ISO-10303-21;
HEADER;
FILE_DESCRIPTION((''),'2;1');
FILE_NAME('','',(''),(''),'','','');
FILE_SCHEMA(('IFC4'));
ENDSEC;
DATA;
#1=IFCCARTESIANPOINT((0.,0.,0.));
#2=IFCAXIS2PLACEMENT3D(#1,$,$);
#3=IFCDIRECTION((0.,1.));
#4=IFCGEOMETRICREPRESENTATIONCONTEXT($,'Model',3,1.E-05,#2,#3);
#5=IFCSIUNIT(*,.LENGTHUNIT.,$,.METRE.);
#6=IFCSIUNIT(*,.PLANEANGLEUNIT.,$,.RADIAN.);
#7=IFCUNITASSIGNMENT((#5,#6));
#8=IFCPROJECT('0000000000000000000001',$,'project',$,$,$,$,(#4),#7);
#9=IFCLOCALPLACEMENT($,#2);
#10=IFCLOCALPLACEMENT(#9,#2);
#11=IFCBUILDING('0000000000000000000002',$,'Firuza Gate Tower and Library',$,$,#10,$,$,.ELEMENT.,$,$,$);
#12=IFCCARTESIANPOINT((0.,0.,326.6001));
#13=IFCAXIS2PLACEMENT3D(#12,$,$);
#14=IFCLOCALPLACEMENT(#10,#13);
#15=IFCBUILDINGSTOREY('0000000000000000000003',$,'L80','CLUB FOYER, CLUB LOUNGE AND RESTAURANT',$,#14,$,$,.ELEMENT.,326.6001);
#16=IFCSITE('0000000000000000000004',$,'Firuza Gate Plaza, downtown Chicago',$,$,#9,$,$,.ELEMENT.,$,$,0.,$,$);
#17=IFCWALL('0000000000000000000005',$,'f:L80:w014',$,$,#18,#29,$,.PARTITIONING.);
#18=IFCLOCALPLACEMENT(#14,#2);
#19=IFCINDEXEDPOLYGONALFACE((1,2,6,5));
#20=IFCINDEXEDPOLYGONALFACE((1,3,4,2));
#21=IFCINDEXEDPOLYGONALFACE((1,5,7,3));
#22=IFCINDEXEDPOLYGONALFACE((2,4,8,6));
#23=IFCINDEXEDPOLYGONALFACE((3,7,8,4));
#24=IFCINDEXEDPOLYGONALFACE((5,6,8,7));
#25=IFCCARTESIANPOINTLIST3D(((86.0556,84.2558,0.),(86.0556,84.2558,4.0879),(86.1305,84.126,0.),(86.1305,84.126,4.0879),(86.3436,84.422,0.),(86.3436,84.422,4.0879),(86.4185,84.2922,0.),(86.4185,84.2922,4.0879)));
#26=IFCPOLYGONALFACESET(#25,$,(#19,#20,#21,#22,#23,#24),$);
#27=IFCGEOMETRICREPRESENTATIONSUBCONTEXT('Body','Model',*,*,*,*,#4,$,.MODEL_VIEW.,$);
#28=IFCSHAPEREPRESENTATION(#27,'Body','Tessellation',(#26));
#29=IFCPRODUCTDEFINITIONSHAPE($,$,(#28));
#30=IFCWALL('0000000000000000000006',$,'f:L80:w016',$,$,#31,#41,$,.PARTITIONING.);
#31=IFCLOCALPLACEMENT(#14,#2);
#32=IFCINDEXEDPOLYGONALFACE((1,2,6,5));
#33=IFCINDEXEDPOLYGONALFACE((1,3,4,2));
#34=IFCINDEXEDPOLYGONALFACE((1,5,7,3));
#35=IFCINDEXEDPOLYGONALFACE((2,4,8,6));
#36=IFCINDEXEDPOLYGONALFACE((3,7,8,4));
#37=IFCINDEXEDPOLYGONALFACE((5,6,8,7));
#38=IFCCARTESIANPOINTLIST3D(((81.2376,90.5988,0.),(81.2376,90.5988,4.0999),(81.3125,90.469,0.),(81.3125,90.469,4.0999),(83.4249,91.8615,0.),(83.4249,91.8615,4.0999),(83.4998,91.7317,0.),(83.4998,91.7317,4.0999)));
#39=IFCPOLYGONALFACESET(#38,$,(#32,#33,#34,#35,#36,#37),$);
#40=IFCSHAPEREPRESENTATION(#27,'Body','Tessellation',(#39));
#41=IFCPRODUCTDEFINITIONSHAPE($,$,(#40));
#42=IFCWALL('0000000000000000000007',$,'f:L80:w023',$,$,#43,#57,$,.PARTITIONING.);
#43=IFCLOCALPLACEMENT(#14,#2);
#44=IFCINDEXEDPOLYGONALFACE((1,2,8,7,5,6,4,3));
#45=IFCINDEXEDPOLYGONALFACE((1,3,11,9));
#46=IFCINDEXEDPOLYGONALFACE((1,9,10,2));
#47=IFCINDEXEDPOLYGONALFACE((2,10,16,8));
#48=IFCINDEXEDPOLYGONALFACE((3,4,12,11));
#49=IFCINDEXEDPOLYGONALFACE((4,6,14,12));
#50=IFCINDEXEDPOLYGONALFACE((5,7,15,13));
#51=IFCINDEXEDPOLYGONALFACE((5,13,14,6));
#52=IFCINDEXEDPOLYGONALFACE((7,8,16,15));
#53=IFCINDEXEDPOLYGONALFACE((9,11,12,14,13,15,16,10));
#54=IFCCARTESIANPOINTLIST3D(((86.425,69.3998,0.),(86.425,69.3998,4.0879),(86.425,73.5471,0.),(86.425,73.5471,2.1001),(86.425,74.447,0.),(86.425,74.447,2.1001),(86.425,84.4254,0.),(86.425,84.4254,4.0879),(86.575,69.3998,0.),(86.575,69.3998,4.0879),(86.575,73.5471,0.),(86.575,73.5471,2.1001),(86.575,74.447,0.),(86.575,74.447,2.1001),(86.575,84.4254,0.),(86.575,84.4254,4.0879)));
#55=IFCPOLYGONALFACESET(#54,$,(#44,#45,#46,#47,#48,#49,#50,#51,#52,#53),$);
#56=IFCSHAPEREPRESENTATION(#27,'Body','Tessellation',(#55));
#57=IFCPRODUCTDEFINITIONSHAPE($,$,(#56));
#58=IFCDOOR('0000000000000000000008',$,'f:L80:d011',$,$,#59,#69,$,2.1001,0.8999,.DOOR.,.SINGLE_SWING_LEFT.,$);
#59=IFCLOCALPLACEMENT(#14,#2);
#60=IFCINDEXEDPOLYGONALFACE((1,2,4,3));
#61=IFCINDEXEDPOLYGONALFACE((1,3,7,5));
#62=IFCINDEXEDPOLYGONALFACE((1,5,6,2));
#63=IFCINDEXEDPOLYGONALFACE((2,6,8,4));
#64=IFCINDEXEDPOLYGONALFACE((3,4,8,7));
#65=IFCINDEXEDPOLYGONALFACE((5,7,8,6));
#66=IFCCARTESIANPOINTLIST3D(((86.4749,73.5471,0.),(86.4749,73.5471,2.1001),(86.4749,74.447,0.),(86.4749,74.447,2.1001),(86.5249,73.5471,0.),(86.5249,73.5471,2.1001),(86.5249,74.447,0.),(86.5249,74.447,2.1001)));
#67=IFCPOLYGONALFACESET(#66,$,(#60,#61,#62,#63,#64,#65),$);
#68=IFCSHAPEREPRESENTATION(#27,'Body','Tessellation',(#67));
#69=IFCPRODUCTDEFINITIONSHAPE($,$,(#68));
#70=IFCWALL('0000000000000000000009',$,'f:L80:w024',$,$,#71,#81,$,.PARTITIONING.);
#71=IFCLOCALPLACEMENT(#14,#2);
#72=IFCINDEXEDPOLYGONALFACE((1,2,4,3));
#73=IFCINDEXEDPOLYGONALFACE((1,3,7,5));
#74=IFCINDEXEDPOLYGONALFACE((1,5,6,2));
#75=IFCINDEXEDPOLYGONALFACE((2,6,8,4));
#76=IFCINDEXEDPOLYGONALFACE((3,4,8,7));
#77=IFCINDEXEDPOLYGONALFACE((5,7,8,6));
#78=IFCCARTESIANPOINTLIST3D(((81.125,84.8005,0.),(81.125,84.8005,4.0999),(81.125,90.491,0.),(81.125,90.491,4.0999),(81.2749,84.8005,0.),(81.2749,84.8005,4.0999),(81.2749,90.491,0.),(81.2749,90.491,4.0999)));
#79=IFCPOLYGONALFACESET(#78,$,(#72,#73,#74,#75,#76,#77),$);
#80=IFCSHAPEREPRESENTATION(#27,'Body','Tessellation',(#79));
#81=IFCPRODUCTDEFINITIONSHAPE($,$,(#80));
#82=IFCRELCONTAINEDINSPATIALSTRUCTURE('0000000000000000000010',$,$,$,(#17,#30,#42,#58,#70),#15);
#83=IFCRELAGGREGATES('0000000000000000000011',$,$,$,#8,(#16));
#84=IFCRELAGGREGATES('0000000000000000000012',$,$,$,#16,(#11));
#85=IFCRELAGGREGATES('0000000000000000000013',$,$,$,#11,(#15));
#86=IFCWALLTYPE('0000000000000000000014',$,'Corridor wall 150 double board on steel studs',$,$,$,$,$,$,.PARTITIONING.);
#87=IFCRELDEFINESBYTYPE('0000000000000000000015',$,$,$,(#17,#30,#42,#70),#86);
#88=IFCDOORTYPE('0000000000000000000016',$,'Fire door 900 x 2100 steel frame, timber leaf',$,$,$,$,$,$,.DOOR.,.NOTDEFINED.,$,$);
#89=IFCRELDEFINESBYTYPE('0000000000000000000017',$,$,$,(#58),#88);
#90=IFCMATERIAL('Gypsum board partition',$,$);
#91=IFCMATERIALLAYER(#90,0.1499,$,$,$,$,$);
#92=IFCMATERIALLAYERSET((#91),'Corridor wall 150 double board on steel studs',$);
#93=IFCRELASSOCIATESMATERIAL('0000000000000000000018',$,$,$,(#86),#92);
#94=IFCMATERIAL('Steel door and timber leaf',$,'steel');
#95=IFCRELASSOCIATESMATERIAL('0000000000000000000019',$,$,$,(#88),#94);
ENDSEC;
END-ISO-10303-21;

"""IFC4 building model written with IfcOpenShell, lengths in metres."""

from ifc_helpers import new_model, si_unit, direction, frame, frame_2d, origin, place, context, subcontext, project, spatial, rectangle, extrude, material, layer, layer_set, type_object, element, fill, save


model = new_model("IFC4")

# Units and contexts
model_context = context("Model", 3, precision=1e-05, world=origin(), true_north=direction((0.0, 1.0)))
body_context = subcontext(model_context, "Body", "Model", "MODEL_VIEW")
ifc_project = project(units=[si_unit("LENGTHUNIT", "METRE"), si_unit("PLANEANGLEUNIT", "RADIAN")], contexts=[model_context])

# Site, building, storey
site_placement = place(None, origin())
site = spatial("IfcSite", under=ifc_project, at=site_placement, Name="Firuza Gate Plaza, downtown Chicago", CompositionType="ELEMENT", RefElevation=0.0)
building_placement = place(site_placement, origin())
building = spatial("IfcBuilding", under=site, at=building_placement, Name="Firuza Gate Tower and Library", CompositionType="ELEMENT")
storey_placement = place(building_placement, frame((0.0, 0.0, 326.6001)))
storey = spatial("IfcBuildingStorey", under=building, at=storey_placement, Name="L80", Description="CLUB FOYER, CLUB LOUNGE AND RESTAURANT", CompositionType="ELEMENT", Elevation=326.6001)

# Shared definitions
ifc_material_1 = material(Name="Gypsum board partition")
ifc_layer_1 = layer(ifc_material_1, 0.1499)
ifc_layer_set_1 = layer_set([ifc_layer_1], Name="Corridor wall 150 double board on steel studs")
wall_type_1 = type_object("IfcWallType", Name="Corridor wall 150 double board on steel studs", PredefinedType="PARTITIONING", material=ifc_layer_set_1)
ifc_material_2 = material(Name="Steel door and timber leaf", Category="steel")
door_type_1 = type_object("IfcDoorType", Name="Fire door 900 x 2100 steel frame, timber leaf", OperationType="NOTDEFINED", PredefinedType="DOOR", material=ifc_material_2)

# Walls
wall_1_placement = place(storey_placement, frame((86.093, 84.1909, 0.0), z_axis=(0.0, 0.0, 1.0), x_axis=(0.866112, 0.49985, 0.0)))
element("IfcWall", 1, at=wall_1_placement, inside=storey, type_object=wall_type_1, Name="f:L80:w014", PredefinedType="PARTITIONING", context=body_context, shape_type="SweptSolid", body=[
    extrude(rectangle(XDim=0.3325, YDim=0.1499, at=frame_2d((0.1663, 0.0))), origin(), (0.0, 0.0, 1.0), 4.0879),
])
wall_2_placement = place(storey_placement, frame((81.2751, 90.5339, 0.0), z_axis=(0.0, 0.0, 1.0), x_axis=(0.866046, 0.499965, 0.0)))
element("IfcWall", 2, at=wall_2_placement, inside=storey, type_object=wall_type_1, Name="f:L80:w016", PredefinedType="PARTITIONING", context=body_context, shape_type="SweptSolid", body=[
    extrude(rectangle(XDim=2.5256, YDim=0.1499, at=frame_2d((1.2627, 0.0))), origin(), (0.0, 0.0, 1.0), 4.0999),
])

# Wall, opening, door
wall_3_placement = place(storey_placement, frame((86.5, 84.4253, 0.0), z_axis=(0.0, 0.0, 1.0), x_axis=(0.0, -1.0, 0.0)))
wall_3 = element("IfcWall", 3, at=wall_3_placement, inside=storey, type_object=wall_type_1, Name="f:L80:w023", PredefinedType="PARTITIONING", context=body_context, shape_type="SweptSolid", body=[
    extrude(rectangle(XDim=15.0256, YDim=0.1499, at=frame_2d((7.5127, 0.0))), origin(), (0.0, 0.0, 1.0), 4.0879),
])
opening_1_placement = place(wall_3_placement, frame((9.9783, 0.0, 0.0)))
opening_1 = element("IfcOpeningElement", 4, at=opening_1_placement, cuts=wall_3, PredefinedType="OPENING", context=body_context, shape_type="SweptSolid", body=[
    extrude(rectangle(XDim=0.8999, YDim=2.1001, at=frame_2d((0.45, 1.05))), frame((0.0, 0.085, 0.0), z_axis=(0.0, -1.0, 0.0), x_axis=(1.0, 0.0, 0.0)), (0.0, 0.0, 1.0), 0.1699),
])
door_1_placement = place(opening_1_placement, origin())
door_1 = element("IfcDoor", 5, at=door_1_placement, inside=storey, type_object=door_type_1, Name="f:L80:d011", OperationType="SINGLE_SWING_LEFT", OverallHeight=2.1001, OverallWidth=0.8999, PredefinedType="DOOR", context=body_context, shape_type="SweptSolid", body=[
    extrude(rectangle(XDim=0.8999, YDim=2.1001, at=frame_2d((0.45, 1.05))), frame((0.0, 0.0249, 0.0), z_axis=(0.0, -1.0, 0.0), x_axis=(1.0, 0.0, 0.0)), (0.0, 0.0, 1.0), 0.05),
])
fill(opening_1, door_1)

# Wall
wall_4_placement = place(storey_placement, frame((81.2, 84.8005, 0.0), z_axis=(0.0, 0.0, 1.0), x_axis=(0.0, 1.0, 0.0)))
element("IfcWall", 6, at=wall_4_placement, inside=storey, type_object=wall_type_1, Name="f:L80:w024", PredefinedType="PARTITIONING", context=body_context, shape_type="SweptSolid", body=[
    extrude(rectangle(XDim=5.6904, YDim=0.1499, at=frame_2d((2.8452, 0.0))), origin(), (0.0, 0.0, 1.0), 4.0999),
])

save(model, "model.ifc")
